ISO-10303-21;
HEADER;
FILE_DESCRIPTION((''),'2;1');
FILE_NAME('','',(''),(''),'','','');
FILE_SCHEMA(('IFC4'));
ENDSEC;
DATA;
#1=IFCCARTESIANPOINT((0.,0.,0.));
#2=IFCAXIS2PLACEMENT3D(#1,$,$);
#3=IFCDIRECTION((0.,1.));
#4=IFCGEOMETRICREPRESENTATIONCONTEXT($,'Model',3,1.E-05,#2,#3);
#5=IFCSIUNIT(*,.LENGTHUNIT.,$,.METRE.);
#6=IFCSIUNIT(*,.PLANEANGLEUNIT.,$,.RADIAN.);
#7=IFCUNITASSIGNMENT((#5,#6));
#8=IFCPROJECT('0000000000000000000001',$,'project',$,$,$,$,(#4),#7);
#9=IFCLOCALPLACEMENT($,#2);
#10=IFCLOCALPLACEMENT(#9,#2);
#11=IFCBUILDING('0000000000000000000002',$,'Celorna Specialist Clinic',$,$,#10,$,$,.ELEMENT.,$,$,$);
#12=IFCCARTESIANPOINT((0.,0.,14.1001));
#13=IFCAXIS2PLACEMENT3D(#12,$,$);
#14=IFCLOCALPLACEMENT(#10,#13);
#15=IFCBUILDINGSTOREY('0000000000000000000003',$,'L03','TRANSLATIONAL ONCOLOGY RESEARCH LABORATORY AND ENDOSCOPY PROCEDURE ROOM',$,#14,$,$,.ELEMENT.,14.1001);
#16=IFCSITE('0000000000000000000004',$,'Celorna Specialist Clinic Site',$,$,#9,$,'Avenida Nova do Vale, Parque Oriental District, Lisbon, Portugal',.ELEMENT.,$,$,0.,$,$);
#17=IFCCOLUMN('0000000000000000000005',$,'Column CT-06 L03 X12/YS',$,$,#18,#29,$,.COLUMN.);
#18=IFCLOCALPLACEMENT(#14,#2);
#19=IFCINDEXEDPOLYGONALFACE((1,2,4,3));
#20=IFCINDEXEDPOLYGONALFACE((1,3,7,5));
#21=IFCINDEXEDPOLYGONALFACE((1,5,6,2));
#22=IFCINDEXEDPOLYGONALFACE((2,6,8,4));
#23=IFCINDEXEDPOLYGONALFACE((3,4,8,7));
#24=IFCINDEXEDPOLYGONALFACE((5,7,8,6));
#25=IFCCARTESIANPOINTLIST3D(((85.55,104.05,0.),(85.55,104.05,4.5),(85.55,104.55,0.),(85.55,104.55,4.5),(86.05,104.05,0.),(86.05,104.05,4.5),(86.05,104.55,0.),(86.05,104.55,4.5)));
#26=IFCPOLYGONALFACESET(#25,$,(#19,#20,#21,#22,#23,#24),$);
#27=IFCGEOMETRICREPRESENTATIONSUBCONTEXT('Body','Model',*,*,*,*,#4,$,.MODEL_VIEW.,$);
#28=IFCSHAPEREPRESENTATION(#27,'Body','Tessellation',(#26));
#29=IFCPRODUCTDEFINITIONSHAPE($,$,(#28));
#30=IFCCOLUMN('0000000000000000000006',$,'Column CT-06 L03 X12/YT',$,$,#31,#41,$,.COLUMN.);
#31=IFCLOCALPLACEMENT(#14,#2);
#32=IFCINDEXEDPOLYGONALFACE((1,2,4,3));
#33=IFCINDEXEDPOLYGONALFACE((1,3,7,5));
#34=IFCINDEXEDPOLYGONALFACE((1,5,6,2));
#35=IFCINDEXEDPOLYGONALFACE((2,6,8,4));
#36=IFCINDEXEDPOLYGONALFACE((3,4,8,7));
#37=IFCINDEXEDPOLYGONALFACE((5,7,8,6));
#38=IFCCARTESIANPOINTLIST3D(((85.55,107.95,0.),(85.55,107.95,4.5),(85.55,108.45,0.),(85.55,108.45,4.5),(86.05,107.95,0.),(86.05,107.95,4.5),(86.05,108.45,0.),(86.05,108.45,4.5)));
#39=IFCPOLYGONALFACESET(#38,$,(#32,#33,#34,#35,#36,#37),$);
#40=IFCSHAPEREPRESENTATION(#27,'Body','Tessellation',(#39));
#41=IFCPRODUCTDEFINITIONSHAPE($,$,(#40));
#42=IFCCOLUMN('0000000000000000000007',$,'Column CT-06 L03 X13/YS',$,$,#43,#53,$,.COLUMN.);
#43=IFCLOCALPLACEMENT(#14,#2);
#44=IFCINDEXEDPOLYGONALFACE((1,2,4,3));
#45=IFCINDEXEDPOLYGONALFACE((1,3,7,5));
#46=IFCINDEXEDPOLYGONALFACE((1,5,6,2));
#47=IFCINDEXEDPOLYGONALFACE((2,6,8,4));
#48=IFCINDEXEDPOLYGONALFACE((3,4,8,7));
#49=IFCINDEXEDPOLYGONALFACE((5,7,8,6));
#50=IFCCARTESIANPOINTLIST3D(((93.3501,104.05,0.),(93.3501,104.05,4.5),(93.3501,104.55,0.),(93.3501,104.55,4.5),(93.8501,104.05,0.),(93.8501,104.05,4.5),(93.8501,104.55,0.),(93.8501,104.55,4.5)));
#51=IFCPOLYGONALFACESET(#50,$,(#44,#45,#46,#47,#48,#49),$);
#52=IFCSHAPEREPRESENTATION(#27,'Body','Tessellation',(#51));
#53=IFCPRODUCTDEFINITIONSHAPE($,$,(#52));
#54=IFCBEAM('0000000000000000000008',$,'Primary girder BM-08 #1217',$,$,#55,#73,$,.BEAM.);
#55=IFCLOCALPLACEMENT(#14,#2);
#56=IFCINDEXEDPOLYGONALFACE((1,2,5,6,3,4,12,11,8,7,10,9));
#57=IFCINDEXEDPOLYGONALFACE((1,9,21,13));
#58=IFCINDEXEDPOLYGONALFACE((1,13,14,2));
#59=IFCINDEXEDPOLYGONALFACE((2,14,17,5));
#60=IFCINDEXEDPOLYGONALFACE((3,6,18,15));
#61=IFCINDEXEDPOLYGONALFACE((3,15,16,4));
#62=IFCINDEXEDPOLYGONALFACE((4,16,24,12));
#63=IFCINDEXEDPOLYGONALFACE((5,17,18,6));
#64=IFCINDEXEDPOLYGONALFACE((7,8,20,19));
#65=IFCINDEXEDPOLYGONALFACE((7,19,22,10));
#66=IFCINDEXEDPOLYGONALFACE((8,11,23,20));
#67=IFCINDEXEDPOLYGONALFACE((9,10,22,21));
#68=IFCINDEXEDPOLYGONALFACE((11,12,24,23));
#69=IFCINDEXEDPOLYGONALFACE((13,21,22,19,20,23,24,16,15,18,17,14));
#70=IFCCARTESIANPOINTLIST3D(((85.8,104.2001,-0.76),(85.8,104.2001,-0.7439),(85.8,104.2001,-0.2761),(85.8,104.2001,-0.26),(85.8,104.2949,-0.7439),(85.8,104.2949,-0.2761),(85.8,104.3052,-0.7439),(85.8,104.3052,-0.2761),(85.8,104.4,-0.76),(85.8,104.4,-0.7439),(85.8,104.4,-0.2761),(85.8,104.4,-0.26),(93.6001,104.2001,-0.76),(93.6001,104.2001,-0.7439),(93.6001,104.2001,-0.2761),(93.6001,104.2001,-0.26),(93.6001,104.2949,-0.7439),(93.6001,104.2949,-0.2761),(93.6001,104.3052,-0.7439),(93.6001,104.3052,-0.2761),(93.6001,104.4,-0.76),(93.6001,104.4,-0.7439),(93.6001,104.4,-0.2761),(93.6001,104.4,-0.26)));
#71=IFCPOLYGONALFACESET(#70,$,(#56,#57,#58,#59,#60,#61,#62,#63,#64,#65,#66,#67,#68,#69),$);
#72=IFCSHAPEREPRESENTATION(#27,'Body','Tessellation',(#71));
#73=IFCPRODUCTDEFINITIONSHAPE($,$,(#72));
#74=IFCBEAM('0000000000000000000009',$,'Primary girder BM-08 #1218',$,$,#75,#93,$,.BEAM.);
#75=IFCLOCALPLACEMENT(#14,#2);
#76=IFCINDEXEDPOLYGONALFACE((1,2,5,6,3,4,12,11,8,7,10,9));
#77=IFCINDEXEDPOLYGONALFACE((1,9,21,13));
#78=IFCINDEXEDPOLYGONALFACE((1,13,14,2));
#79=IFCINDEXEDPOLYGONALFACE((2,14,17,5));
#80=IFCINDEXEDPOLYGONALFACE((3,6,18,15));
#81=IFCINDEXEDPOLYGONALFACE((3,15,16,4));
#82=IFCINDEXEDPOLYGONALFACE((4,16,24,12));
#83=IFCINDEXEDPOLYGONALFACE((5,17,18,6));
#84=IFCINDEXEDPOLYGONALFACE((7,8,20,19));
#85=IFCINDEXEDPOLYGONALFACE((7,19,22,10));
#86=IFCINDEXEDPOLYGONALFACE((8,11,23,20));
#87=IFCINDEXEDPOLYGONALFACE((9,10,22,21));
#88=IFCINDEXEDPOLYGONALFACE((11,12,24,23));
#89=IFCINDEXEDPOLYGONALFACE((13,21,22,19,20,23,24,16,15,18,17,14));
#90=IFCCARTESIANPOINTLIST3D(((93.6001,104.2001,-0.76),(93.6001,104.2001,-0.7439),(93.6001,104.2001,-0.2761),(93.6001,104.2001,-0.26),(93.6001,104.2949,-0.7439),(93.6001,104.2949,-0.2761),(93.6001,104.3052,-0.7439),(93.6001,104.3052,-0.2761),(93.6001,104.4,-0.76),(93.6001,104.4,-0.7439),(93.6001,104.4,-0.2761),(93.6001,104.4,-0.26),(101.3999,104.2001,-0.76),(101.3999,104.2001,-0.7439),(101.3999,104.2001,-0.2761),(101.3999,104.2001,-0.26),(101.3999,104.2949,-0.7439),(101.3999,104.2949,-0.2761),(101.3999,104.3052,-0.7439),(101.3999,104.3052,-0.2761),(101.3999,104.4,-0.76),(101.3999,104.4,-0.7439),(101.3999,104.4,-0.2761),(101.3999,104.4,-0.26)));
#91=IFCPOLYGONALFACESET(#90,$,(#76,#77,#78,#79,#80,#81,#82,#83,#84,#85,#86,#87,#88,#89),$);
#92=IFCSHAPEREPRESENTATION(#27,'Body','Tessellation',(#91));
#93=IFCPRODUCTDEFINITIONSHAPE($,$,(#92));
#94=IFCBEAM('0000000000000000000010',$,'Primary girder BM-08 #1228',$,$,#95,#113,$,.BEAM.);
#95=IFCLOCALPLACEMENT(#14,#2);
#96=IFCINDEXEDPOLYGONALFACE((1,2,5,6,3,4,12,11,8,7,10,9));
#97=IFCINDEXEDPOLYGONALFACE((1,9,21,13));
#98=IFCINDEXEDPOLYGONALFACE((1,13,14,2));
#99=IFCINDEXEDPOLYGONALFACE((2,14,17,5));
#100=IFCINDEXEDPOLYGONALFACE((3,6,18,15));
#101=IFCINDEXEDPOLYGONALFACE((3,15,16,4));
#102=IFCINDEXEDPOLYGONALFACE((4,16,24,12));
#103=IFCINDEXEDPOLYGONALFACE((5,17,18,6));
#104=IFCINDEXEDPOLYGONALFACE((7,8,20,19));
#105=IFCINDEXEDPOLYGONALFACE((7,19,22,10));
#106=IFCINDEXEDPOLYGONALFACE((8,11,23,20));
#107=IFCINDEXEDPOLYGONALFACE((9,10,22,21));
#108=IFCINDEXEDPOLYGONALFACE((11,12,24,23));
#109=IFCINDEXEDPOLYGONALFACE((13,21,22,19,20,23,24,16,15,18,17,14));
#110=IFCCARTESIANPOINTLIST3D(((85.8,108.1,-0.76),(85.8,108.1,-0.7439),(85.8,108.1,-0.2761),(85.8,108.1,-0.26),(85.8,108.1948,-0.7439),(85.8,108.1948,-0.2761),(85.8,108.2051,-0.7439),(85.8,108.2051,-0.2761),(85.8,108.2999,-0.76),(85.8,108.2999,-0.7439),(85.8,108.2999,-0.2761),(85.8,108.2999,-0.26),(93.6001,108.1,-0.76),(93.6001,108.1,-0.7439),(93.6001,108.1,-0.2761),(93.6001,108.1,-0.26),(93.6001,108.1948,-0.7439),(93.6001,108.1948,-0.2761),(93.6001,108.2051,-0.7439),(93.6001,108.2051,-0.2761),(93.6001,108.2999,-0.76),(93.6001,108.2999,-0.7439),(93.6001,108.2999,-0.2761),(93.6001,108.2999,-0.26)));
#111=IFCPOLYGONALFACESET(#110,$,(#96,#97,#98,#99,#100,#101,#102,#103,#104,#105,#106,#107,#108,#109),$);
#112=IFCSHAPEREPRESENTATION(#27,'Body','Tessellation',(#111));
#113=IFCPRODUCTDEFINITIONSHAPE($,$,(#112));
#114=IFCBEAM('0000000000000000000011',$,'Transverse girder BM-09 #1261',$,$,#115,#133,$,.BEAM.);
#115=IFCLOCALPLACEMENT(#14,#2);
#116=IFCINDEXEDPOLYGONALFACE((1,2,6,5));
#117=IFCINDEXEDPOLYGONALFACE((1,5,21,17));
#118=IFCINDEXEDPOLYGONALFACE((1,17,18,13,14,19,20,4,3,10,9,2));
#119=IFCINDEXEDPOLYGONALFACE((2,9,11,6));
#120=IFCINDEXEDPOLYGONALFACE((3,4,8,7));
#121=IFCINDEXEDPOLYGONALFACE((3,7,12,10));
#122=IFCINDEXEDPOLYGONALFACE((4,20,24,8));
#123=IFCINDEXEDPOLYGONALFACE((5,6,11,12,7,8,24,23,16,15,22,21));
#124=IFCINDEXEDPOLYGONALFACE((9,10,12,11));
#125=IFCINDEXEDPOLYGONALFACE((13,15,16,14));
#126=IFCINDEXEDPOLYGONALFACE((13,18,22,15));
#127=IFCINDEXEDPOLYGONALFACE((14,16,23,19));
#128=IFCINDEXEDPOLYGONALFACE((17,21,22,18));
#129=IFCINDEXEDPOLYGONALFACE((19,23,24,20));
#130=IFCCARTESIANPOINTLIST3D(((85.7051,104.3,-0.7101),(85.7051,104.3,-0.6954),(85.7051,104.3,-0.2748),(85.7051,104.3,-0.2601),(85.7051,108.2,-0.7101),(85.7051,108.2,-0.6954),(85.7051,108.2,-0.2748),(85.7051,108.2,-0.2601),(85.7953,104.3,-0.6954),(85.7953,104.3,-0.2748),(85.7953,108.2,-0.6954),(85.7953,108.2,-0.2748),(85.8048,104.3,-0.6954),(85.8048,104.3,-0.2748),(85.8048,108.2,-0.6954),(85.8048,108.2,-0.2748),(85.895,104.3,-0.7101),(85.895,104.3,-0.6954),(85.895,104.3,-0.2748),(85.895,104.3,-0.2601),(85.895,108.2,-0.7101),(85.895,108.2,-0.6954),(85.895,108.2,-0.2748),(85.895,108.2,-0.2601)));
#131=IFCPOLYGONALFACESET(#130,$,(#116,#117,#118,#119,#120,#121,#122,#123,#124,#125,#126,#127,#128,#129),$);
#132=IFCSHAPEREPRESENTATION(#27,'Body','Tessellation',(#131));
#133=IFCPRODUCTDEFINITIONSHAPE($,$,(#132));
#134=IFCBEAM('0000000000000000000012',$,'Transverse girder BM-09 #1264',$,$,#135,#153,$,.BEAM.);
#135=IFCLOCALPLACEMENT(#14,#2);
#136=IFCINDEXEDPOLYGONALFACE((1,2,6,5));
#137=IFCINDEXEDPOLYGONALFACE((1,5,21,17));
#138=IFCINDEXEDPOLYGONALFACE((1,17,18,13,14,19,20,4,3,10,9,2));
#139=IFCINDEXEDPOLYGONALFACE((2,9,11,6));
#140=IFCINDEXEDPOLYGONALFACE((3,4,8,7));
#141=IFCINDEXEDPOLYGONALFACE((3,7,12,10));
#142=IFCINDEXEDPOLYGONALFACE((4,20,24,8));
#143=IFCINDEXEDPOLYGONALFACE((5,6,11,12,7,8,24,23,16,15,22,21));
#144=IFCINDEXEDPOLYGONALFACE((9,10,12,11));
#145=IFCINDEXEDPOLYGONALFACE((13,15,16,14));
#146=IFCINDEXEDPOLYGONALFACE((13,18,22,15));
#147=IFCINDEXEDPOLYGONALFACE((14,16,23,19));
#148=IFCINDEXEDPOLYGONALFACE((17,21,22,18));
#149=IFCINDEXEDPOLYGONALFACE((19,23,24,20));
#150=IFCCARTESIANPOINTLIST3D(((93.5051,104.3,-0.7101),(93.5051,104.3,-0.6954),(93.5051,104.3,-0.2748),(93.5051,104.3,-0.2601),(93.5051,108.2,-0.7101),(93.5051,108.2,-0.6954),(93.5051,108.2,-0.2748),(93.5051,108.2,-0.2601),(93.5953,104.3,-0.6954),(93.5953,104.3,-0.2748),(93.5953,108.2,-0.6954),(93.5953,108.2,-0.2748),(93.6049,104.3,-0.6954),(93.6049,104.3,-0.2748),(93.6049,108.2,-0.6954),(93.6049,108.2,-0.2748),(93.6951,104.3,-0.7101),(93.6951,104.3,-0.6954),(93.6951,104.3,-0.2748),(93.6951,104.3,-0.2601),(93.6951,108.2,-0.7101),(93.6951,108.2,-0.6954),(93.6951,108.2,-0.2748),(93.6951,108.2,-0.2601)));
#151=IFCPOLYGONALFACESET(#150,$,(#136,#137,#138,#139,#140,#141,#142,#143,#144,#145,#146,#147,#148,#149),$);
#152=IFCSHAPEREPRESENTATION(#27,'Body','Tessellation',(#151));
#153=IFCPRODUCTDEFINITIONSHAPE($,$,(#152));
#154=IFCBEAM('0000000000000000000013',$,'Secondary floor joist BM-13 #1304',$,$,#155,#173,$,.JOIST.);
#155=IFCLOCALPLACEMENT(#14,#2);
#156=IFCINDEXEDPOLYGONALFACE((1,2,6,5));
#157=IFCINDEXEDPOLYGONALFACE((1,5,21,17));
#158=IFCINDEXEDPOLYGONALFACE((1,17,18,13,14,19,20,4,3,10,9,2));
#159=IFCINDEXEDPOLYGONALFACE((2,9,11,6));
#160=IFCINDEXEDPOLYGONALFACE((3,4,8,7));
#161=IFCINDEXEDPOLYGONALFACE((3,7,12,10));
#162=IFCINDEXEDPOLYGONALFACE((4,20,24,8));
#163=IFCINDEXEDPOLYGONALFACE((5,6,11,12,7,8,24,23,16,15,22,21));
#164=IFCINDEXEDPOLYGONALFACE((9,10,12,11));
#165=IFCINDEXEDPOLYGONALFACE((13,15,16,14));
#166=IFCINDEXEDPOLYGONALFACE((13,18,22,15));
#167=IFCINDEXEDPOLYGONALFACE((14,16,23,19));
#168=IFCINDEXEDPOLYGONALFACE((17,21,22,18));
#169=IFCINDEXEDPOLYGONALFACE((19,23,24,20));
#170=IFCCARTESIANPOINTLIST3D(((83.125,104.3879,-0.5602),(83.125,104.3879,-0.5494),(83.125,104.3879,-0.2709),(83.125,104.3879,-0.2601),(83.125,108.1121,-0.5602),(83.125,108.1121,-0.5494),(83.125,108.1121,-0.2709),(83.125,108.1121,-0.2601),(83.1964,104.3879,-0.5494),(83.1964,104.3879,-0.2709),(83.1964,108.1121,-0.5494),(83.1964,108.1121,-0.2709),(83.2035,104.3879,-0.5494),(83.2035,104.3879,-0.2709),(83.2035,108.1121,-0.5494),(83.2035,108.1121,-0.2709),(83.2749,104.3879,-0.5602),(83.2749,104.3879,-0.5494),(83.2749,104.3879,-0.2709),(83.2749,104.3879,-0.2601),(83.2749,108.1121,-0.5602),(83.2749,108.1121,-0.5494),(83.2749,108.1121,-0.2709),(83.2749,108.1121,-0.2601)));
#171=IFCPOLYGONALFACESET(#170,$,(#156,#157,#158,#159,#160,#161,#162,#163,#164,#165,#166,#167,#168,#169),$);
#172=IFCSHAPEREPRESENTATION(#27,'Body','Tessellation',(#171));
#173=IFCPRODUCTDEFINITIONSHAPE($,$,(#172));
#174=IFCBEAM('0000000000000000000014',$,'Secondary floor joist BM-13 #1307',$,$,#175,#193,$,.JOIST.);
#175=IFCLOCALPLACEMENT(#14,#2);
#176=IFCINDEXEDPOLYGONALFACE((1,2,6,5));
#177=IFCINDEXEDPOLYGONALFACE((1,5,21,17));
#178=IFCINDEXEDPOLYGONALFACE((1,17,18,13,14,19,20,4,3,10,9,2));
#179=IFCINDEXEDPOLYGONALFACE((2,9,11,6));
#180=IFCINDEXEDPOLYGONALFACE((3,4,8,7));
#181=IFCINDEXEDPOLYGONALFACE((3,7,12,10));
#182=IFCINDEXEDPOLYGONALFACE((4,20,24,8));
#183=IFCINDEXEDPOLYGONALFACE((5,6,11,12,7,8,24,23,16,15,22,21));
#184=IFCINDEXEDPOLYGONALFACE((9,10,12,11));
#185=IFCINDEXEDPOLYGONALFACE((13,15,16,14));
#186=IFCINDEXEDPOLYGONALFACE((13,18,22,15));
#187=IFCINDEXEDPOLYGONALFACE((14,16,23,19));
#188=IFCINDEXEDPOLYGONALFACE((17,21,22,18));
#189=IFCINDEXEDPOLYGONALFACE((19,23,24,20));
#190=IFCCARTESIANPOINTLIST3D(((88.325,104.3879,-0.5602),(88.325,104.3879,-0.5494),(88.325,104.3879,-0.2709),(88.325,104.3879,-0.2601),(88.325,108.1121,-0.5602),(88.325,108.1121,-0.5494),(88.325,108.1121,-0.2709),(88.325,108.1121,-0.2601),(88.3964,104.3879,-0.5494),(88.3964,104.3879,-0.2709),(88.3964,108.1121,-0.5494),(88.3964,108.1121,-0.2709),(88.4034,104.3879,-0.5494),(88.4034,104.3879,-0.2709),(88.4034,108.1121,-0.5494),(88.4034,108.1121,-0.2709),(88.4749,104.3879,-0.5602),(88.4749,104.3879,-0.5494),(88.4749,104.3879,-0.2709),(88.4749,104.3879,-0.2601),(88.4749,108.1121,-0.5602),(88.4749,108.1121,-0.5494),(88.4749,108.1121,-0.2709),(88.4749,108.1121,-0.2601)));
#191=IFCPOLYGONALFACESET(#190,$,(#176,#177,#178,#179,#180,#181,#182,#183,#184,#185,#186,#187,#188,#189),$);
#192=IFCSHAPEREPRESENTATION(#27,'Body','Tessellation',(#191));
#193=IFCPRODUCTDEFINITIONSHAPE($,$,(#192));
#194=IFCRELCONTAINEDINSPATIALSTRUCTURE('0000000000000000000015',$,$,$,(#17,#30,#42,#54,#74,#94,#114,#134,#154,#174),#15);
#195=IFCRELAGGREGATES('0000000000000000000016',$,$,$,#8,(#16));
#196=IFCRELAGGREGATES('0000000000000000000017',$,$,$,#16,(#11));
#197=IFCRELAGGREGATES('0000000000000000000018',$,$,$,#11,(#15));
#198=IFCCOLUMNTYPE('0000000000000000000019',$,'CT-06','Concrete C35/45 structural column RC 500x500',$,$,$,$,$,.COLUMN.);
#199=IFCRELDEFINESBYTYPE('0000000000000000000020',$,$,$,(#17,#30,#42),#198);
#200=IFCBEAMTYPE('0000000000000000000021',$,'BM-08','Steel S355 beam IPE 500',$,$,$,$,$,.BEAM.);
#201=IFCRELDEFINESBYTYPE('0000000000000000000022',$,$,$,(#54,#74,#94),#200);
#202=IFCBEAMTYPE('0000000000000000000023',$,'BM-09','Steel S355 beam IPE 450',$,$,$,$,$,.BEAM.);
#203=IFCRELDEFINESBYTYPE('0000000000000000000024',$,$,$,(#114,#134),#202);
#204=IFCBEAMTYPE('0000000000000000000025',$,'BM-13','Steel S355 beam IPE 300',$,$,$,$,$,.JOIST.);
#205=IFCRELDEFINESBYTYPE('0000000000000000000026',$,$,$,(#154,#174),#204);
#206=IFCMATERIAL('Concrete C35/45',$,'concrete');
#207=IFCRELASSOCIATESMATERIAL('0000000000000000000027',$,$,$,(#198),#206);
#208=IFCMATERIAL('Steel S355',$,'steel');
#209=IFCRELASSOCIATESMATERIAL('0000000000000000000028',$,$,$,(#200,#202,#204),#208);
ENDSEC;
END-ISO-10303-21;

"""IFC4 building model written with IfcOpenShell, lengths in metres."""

from ifc_helpers import new_model, si_unit, direction, frame, origin, origin_2d, place, context, subcontext, project, spatial, rectangle, i_section, extrude, material, material_profile, profile_set, type_object, element, save


model = new_model("IFC4")

# Units and contexts
model_context = context("Model", 3, precision=1e-05, world=origin(), true_north=direction((0.0, 1.0)))
body_context = subcontext(model_context, "Body", "Model", "MODEL_VIEW")
ifc_project = project(units=[si_unit("LENGTHUNIT", "METRE"), si_unit("PLANEANGLEUNIT", "RADIAN")], contexts=[model_context])

# Site, building, storey
site_placement = place(None, origin())
site = spatial("IfcSite", under=ifc_project, at=site_placement, Name="Celorna Specialist Clinic Site", LongName="Avenida Nova do Vale, Parque Oriental District, Lisbon, Portugal", CompositionType="ELEMENT", RefElevation=0.0)
building_placement = place(site_placement, origin())
building = spatial("IfcBuilding", under=site, at=building_placement, Name="Celorna Specialist Clinic", CompositionType="ELEMENT")
storey_placement = place(building_placement, frame((0.0, 0.0, 14.1001)))
storey = spatial("IfcBuildingStorey", under=building, at=storey_placement, Name="L03", Description="TRANSLATIONAL ONCOLOGY RESEARCH LABORATORY AND ENDOSCOPY PROCEDURE ROOM", CompositionType="ELEMENT", Elevation=14.1001)

# Columns
ifc_material_1 = material(Name="Concrete C35/45", Category="concrete")
ifc_material_profile_1 = material_profile(ifc_material_1, rectangle(XDim=0.5, YDim=0.5, at=origin_2d()), Name="RC 500x500")
ifc_profile_set_1 = profile_set([ifc_material_profile_1], Name="Concrete C35/45")
column_type = type_object("IfcColumnType", Name="CT-06", Description="Concrete C35/45 structural column RC 500x500", PredefinedType="COLUMN", material=ifc_profile_set_1)
for number, where, z_axis, x_axis, name in (
    (1, (85.8, 104.3, 0.0), (0.0, 0.0, 1.0), (1.0, 0.0, 0.0), "Column CT-06 L03 X12/YS"),
    (2, (85.8, 108.2, 0.0), (0.0, 0.0, 1.0), (1.0, 0.0, 0.0), "Column CT-06 L03 X12/YT"),
    (3, (93.6001, 104.3, 0.0), (0.0, 0.0, 1.0), (1.0, 0.0, 0.0), "Column CT-06 L03 X13/YS"),
):
    element("IfcColumn", number, at=place(storey_placement, frame(where, z_axis=z_axis, x_axis=x_axis)), inside=storey, type_object=column_type, Name=name, PredefinedType="COLUMN", context=body_context, shape_type="SweptSolid", body=[
        extrude(rectangle(XDim=0.5, YDim=0.5, at=origin_2d()), origin(), (0.0, 0.0, 1.0), 4.5),
    ])

# Beams
ifc_material_2 = material(Name="Steel S355", Category="steel")
ifc_material_profile_2 = material_profile(ifc_material_2, i_section(OverallWidth=0.2, OverallDepth=0.5, WebThickness=0.0103, FlangeThickness=0.0161, at=origin_2d()), Name="IPE 500")
ifc_profile_set_2 = profile_set([ifc_material_profile_2], Name="Steel S355")
beam_type_1 = type_object("IfcBeamType", Name="BM-08", Description="Steel S355 beam IPE 500", PredefinedType="BEAM", material=ifc_profile_set_2)
beam_1_placement = place(storey_placement, frame((85.8, 104.3, -0.51), z_axis=(1.0, 0.0, 0.0), x_axis=(0.0, 1.0, 0.0)))
element("IfcBeam", 4, at=beam_1_placement, inside=storey, type_object=beam_type_1, Name="Primary girder BM-08 #1217", PredefinedType="BEAM", context=body_context, shape_type="SweptSolid", body=[
    extrude(i_section(OverallWidth=0.2, OverallDepth=0.5, WebThickness=0.0103, FlangeThickness=0.0161, at=origin_2d()), origin(), (0.0, 0.0, 1.0), 7.8),
])
beam_2_placement = place(storey_placement, frame((93.6001, 104.3, -0.51), z_axis=(1.0, 0.0, 0.0), x_axis=(0.0, 1.0, 0.0)))
element("IfcBeam", 5, at=beam_2_placement, inside=storey, type_object=beam_type_1, Name="Primary girder BM-08 #1218", PredefinedType="BEAM", context=body_context, shape_type="SweptSolid", body=[
    extrude(i_section(OverallWidth=0.2, OverallDepth=0.5, WebThickness=0.0103, FlangeThickness=0.0161, at=origin_2d()), origin(), (0.0, 0.0, 1.0), 7.7998),
])
beam_3_placement = place(storey_placement, frame((85.8, 108.2, -0.51), z_axis=(1.0, 0.0, 0.0), x_axis=(0.0, 1.0, 0.0)))
element("IfcBeam", 6, at=beam_3_placement, inside=storey, type_object=beam_type_1, Name="Primary girder BM-08 #1228", PredefinedType="BEAM", context=body_context, shape_type="SweptSolid", body=[
    extrude(i_section(OverallWidth=0.2, OverallDepth=0.5, WebThickness=0.0103, FlangeThickness=0.0161, at=origin_2d()), origin(), (0.0, 0.0, 1.0), 7.8),
])
ifc_material_profile_3 = material_profile(ifc_material_2, i_section(OverallWidth=0.1899, OverallDepth=0.45, WebThickness=0.0095, FlangeThickness=0.0146, at=origin_2d()), Name="IPE 450")
ifc_profile_set_3 = profile_set([ifc_material_profile_3], Name="Steel S355")
beam_type_2 = type_object("IfcBeamType", Name="BM-09", Description="Steel S355 beam IPE 450", PredefinedType="BEAM", material=ifc_profile_set_3)
for number, where, z_axis, x_axis, name in (
    (7, (85.8, 104.3, -0.4851), (0.0, 1.0, 0.0), (-1.0, 0.0, 0.0), "Transverse girder BM-09 #1261"),
    (8, (93.6001, 104.3, -0.4851), (0.0, 1.0, 0.0), (-1.0, 0.0, 0.0), "Transverse girder BM-09 #1264"),
):
    element("IfcBeam", number, at=place(storey_placement, frame(where, z_axis=z_axis, x_axis=x_axis)), inside=storey, type_object=beam_type_2, Name=name, PredefinedType="BEAM", context=body_context, shape_type="SweptSolid", body=[
        extrude(i_section(OverallWidth=0.1899, OverallDepth=0.45, WebThickness=0.0095, FlangeThickness=0.0146, at=origin_2d()), origin(), (0.0, 0.0, 1.0), 3.8999),
    ])
ifc_material_profile_4 = material_profile(ifc_material_2, i_section(OverallWidth=0.1499, OverallDepth=0.3, WebThickness=0.0071, FlangeThickness=0.0107, at=origin_2d()), Name="IPE 300")
ifc_profile_set_4 = profile_set([ifc_material_profile_4], Name="Steel S355")
beam_type_3 = type_object("IfcBeamType", Name="BM-13", Description="Steel S355 beam IPE 300", PredefinedType="JOIST", material=ifc_profile_set_4)
for number, where, z_axis, x_axis, name in (
    (9, (83.2, 104.3879, -0.4102), (0.0, 1.0, 0.0), (-1.0, 0.0, 0.0), "Secondary floor joist BM-13 #1304"),
    (10, (88.3999, 104.3879, -0.4102), (0.0, 1.0, 0.0), (-1.0, 0.0, 0.0), "Secondary floor joist BM-13 #1307"),
):
    element("IfcBeam", number, at=place(storey_placement, frame(where, z_axis=z_axis, x_axis=x_axis)), inside=storey, type_object=beam_type_3, Name=name, PredefinedType="JOIST", context=body_context, shape_type="SweptSolid", body=[
        extrude(i_section(OverallWidth=0.1499, OverallDepth=0.3, WebThickness=0.0071, FlangeThickness=0.0107, at=origin_2d()), origin(), (0.0, 0.0, 1.0), 3.7241),
    ])

save(model, "model.ifc")
